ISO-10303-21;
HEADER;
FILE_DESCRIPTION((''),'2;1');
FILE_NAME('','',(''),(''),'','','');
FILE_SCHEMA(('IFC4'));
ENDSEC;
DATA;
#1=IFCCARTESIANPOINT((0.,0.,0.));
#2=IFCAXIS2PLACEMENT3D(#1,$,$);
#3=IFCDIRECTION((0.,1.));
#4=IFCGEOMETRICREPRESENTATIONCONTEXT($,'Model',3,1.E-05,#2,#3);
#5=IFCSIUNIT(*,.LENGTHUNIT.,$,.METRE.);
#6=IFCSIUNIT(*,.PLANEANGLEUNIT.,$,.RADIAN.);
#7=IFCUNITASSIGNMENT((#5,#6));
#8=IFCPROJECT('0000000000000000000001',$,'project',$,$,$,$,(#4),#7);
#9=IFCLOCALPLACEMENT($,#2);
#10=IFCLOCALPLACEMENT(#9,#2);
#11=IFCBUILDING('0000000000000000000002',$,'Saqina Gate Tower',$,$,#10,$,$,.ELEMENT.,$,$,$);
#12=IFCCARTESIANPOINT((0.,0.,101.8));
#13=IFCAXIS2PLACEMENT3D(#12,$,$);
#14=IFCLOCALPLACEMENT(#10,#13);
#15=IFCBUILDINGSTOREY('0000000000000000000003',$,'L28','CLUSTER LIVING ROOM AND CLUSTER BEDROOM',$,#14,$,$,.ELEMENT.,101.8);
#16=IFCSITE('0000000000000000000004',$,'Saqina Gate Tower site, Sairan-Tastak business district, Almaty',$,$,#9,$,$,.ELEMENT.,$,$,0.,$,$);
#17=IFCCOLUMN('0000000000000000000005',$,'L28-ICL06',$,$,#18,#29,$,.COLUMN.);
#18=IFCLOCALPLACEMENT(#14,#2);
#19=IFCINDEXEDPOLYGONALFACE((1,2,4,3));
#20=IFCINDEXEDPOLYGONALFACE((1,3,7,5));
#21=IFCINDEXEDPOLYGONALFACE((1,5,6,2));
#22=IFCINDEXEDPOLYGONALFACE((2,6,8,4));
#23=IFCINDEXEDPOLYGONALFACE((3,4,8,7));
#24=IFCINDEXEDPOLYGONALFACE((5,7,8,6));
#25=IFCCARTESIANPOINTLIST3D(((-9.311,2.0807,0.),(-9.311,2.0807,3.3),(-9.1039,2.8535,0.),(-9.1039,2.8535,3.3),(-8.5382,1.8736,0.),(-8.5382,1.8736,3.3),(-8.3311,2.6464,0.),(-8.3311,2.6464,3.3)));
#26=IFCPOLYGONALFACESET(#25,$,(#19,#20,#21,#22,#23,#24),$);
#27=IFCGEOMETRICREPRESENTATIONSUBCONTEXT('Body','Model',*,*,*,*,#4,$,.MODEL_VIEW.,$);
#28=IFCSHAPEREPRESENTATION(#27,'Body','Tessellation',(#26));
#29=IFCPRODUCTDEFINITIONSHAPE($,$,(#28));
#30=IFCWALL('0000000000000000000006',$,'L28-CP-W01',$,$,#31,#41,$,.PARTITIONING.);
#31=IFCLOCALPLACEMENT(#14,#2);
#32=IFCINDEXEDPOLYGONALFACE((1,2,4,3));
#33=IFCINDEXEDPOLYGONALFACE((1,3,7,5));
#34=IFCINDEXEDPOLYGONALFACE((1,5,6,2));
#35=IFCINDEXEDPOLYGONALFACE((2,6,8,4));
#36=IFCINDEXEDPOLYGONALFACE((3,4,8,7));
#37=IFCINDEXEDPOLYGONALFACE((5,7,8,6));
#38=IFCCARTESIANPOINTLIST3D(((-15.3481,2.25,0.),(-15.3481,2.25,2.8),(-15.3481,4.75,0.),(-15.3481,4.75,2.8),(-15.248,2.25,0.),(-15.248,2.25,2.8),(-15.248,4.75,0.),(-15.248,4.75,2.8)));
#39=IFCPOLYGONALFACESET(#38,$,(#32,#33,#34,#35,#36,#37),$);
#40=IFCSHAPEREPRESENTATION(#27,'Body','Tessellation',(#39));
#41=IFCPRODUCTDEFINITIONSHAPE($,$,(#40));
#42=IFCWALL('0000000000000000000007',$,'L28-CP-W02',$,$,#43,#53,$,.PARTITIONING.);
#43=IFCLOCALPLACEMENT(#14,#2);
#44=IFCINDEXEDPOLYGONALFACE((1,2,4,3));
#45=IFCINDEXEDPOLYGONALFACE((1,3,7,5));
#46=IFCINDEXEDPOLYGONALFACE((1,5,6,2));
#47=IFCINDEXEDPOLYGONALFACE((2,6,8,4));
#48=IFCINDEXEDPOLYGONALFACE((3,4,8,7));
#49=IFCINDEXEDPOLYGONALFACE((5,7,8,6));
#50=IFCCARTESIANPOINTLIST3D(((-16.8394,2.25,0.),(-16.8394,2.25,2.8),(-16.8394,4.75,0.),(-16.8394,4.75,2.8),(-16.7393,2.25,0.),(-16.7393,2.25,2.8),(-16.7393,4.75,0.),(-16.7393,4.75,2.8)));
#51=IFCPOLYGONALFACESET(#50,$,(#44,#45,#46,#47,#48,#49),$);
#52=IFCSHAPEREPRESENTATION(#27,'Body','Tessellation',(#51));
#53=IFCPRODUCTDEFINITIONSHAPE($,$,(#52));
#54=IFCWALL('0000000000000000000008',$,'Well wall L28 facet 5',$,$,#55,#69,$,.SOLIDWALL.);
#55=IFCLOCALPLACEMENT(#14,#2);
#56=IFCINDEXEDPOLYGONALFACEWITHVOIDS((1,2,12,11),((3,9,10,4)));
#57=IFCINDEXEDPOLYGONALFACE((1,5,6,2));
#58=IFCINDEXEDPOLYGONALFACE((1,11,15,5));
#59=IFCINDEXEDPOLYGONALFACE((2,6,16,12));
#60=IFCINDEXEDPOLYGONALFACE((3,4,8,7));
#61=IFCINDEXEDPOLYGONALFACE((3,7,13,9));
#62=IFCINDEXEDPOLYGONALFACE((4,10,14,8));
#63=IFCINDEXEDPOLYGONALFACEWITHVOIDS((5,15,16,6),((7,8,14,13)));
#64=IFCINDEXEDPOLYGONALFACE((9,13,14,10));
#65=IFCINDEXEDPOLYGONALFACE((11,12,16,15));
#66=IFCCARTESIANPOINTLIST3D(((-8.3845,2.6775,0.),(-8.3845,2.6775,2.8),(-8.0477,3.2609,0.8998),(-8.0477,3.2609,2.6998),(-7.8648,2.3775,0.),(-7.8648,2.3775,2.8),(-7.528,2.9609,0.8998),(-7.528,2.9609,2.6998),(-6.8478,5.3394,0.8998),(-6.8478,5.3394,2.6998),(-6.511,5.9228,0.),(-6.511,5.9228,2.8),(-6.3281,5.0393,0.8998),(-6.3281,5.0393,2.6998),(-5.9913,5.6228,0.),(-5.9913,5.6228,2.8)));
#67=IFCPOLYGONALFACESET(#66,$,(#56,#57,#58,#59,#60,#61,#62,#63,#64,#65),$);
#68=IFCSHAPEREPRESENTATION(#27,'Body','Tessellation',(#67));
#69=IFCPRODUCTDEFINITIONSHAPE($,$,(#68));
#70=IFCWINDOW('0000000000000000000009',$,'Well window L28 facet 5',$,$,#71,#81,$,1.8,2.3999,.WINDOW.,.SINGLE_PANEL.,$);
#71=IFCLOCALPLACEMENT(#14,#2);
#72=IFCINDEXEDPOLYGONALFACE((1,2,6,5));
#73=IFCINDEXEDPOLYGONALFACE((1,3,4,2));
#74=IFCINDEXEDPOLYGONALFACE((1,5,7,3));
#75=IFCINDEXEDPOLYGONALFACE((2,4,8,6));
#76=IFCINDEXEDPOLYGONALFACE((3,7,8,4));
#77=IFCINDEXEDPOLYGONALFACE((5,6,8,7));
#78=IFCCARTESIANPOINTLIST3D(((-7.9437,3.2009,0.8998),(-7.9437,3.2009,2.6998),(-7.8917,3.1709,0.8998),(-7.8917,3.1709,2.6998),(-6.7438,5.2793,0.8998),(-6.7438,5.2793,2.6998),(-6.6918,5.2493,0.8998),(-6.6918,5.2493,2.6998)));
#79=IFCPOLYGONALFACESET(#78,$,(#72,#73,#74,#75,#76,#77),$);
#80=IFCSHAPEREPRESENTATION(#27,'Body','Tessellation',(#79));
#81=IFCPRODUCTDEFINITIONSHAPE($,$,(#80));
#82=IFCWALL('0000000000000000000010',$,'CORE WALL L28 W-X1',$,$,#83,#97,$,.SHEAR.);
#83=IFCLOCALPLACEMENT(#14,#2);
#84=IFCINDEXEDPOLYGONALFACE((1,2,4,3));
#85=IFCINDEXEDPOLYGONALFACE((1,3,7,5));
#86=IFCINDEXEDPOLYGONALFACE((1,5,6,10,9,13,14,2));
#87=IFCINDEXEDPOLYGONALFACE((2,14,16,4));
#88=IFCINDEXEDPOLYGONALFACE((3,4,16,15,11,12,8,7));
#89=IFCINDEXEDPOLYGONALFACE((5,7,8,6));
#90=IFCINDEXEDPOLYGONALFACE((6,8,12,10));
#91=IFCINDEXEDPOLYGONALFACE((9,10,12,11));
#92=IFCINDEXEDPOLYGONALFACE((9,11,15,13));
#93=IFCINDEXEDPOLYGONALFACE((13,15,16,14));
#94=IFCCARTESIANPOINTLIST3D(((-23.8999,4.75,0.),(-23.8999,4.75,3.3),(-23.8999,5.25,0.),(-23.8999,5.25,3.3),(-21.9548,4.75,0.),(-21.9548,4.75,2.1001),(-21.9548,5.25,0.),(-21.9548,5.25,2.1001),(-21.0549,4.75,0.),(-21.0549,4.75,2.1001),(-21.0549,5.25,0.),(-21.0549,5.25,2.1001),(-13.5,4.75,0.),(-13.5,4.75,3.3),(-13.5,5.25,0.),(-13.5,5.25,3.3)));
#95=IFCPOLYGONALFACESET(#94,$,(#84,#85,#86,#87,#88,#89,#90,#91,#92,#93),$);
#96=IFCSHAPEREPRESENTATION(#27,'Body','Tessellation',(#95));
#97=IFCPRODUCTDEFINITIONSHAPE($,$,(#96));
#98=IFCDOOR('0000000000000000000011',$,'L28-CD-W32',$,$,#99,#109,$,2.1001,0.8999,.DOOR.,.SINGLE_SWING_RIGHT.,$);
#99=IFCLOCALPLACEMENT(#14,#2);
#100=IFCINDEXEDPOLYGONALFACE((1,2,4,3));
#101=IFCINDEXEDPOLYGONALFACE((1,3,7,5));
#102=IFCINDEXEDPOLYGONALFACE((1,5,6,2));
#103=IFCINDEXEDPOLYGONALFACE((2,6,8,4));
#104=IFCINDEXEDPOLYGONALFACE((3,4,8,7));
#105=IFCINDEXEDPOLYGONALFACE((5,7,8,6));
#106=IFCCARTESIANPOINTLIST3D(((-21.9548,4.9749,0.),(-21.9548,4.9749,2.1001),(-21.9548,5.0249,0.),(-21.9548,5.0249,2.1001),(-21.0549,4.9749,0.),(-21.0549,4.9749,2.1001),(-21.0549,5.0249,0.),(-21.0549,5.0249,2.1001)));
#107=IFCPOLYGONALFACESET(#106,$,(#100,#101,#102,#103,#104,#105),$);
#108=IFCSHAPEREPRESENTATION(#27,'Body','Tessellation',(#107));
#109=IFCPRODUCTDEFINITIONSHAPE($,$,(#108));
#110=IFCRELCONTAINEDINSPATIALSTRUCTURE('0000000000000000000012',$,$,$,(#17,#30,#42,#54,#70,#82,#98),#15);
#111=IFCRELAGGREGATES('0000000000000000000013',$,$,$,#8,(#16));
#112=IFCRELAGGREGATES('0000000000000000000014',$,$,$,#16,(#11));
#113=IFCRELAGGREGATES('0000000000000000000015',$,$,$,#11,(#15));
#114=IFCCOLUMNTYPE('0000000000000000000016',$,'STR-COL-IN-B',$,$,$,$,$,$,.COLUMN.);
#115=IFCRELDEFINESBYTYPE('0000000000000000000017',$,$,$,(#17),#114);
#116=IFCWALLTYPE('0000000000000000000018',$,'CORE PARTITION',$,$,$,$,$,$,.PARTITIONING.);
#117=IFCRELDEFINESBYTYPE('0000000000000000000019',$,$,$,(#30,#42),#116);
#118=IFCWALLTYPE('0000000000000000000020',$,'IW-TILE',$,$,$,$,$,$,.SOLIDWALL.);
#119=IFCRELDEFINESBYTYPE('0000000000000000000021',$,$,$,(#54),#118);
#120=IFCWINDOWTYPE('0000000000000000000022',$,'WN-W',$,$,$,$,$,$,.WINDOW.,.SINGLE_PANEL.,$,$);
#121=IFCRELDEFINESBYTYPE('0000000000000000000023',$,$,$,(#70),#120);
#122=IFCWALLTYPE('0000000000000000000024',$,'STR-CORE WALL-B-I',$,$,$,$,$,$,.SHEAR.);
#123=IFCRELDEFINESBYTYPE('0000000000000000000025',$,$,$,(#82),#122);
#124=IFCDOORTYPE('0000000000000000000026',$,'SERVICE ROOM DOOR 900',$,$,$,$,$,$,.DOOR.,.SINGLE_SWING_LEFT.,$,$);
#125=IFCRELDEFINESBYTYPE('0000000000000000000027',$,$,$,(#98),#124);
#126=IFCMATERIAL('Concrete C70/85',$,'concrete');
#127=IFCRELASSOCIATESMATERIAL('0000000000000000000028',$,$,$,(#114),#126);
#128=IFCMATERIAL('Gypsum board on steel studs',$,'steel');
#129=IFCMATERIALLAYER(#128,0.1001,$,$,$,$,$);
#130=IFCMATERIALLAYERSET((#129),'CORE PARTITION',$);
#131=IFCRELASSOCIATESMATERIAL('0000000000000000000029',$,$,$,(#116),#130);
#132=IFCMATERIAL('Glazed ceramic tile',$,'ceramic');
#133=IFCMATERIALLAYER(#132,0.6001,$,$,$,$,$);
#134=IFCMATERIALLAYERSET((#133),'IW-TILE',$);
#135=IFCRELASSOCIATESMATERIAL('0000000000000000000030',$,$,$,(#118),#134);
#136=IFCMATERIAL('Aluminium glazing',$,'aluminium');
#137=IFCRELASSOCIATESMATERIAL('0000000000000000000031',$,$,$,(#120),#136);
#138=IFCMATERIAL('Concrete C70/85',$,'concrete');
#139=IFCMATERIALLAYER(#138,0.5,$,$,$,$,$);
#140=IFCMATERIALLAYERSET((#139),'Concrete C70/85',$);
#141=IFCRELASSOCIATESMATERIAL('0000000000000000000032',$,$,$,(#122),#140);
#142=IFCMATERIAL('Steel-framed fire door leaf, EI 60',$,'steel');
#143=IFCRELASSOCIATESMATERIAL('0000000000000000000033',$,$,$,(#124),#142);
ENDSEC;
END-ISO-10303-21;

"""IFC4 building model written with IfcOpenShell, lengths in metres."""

from ifc_helpers import new_model, si_unit, direction, frame, frame_2d, origin, origin_2d, place, context, subcontext, project, spatial, rectangle, extrude, material, layer, layer_set, material_profile, profile_set, type_object, element, fill, save


model = new_model("IFC4")

# Units and contexts
model_context = context("Model", 3, precision=1e-05, world=origin(), true_north=direction((0.0, 1.0)))
body_context = subcontext(model_context, "Body", "Model", "MODEL_VIEW")
ifc_project = project(units=[si_unit("LENGTHUNIT", "METRE"), si_unit("PLANEANGLEUNIT", "RADIAN")], contexts=[model_context])

# Site, building, storey
site_placement = place(None, origin())
site = spatial("IfcSite", under=ifc_project, at=site_placement, Name="Saqina Gate Tower site, Sairan-Tastak business district, Almaty", CompositionType="ELEMENT", RefElevation=0.0)
building_placement = place(site_placement, origin())
building = spatial("IfcBuilding", under=site, at=building_placement, Name="Saqina Gate Tower", CompositionType="ELEMENT")
storey_placement = place(building_placement, frame((0.0, 0.0, 101.8)))
storey = spatial("IfcBuildingStorey", under=building, at=storey_placement, Name="L28", Description="CLUSTER LIVING ROOM AND CLUSTER BEDROOM", CompositionType="ELEMENT", Elevation=101.8)

# Column
ifc_material_1 = material(Name="Concrete C70/85", Category="concrete")
ifc_material_profile = material_profile(ifc_material_1, rectangle(XDim=0.8, YDim=0.8, at=origin_2d()), Name="RC 800x800")
ifc_profile_set = profile_set([ifc_material_profile], Name="Concrete C70/85")
column_type = type_object("IfcColumnType", Name="STR-COL-IN-B", PredefinedType="COLUMN", material=ifc_profile_set)
column_placement = place(storey_placement, frame((-8.821, 2.3635, 0.0), z_axis=(0.0, 0.0, 1.0), x_axis=(-0.965926, 0.258819, 0.0)))
element("IfcColumn", 1, at=column_placement, inside=storey, type_object=column_type, Name="L28-ICL06", PredefinedType="COLUMN", context=body_context, shape_type="SweptSolid", body=[
    extrude(rectangle(XDim=0.8, YDim=0.8, at=origin_2d()), origin(), (0.0, 0.0, 1.0), 3.3),
])

# Walls
ifc_material_2 = material(Name="Gypsum board on steel studs", Category="steel")
ifc_layer_1 = layer(ifc_material_2, 0.1001)
ifc_layer_set_1 = layer_set([ifc_layer_1], Name="CORE PARTITION")
wall_type_1 = type_object("IfcWallType", Name="CORE PARTITION", PredefinedType="PARTITIONING", material=ifc_layer_set_1)
for number, where, z_axis, x_axis, name in (
    (2, (-15.2981, 2.25, 0.0), (0.0, 0.0, 1.0), (0.0, 1.0, 0.0), "L28-CP-W01"),
    (3, (-16.7893, 2.25, 0.0), (0.0, 0.0, 1.0), (0.0, 1.0, 0.0), "L28-CP-W02"),
):
    element("IfcWall", number, at=place(storey_placement, frame(where, z_axis=z_axis, x_axis=x_axis)), inside=storey, type_object=wall_type_1, Name=name, PredefinedType="PARTITIONING", context=body_context, shape_type="SweptSolid", body=[
        extrude(rectangle(XDim=2.5, YDim=0.1001, at=frame_2d((1.25, 0.0))), origin(), (0.0, 0.0, 1.0), 2.8),
    ])

# Wall, opening, window
ifc_material_3 = material(Name="Glazed ceramic tile", Category="ceramic")
ifc_layer_2 = layer(ifc_material_3, 0.6001)
ifc_layer_set_2 = layer_set([ifc_layer_2], Name="IW-TILE")
wall_type_2 = type_object("IfcWallType", Name="IW-TILE", PredefinedType="SOLIDWALL", material=ifc_layer_set_2)
wall_1_placement = place(storey_placement, frame((-6.2512, 5.7727, 0.0), z_axis=(0.0, 0.0, 1.0), x_axis=(-0.499965, -0.866046, 0.0)))
wall_1 = element("IfcWall", 4, at=wall_1_placement, inside=storey, type_object=wall_type_2, Name="Well wall L28 facet 5", PredefinedType="SOLIDWALL", context=body_context, shape_type="SweptSolid", body=[
    extrude(rectangle(XDim=3.7473, YDim=0.6001, at=frame_2d((1.8735, 0.0))), origin(), (0.0, 0.0, 1.0), 2.8),
])
opening_1_placement = place(wall_1_placement, frame((0.6736, 0.0, 0.8999)))
opening_1 = element("IfcOpeningElement", 5, at=opening_1_placement, cuts=wall_1, PredefinedType="OPENING", context=body_context, shape_type="SweptSolid", body=[
    extrude(rectangle(XDim=2.3999, YDim=1.8, at=frame_2d((1.2, 0.8999))), frame((0.0, 0.312, 0.0), z_axis=(0.0, -1.0, 0.0), x_axis=(1.0, 0.0, 0.0)), (0.0, 0.0, 1.0), 0.624),
])
ifc_material_4 = material(Name="Aluminium glazing", Category="aluminium")
window_type = type_object("IfcWindowType", Name="WN-W", PartitioningType="SINGLE_PANEL", PredefinedType="WINDOW", material=ifc_material_4)
window_placement = place(opening_1_placement, origin())
window = element("IfcWindow", 6, at=window_placement, inside=storey, type_object=window_type, Name="Well window L28 facet 5", OverallHeight=1.8, OverallWidth=2.3999, PartitioningType="SINGLE_PANEL", PredefinedType="WINDOW", context=body_context, shape_type="SweptSolid", body=[
    extrude(rectangle(XDim=2.3999, YDim=1.8, at=frame_2d((1.2, 0.8999))), frame((0.0, -0.1199, 0.0), z_axis=(0.0, -1.0, 0.0), x_axis=(1.0, 0.0, 0.0)), (0.0, 0.0, 1.0), 0.0601),
])
fill(opening_1, window)

# Wall, opening, door
ifc_material_5 = material(Name="Concrete C70/85", Category="concrete")
ifc_layer_3 = layer(ifc_material_5, 0.5)
ifc_layer_set_3 = layer_set([ifc_layer_3], Name="Concrete C70/85")
wall_type_3 = type_object("IfcWallType", Name="STR-CORE WALL-B-I", PredefinedType="SHEAR", material=ifc_layer_set_3)
wall_2_placement = place(storey_placement, frame((-13.5, 5.0, 0.0), z_axis=(0.0, 0.0, 1.0), x_axis=(-1.0, 0.0, 0.0)))
wall_2 = element("IfcWall", 7, at=wall_2_placement, inside=storey, type_object=wall_type_3, Name="CORE WALL L28 W-X1", PredefinedType="SHEAR", context=body_context, shape_type="SweptSolid", body=[
    extrude(rectangle(XDim=10.3999, YDim=0.5, at=frame_2d((5.2, 0.0))), origin(), (0.0, 0.0, 1.0), 3.3),
])
opening_2_placement = place(wall_2_placement, frame((7.5549, 0.0, 0.0)))
opening_2 = element("IfcOpeningElement", 8, at=opening_2_placement, cuts=wall_2, PredefinedType="OPENING", context=body_context, shape_type="SweptSolid", body=[
    extrude(rectangle(XDim=0.8999, YDim=2.1001, at=frame_2d((0.45, 1.05))), frame((0.0, 0.262, 0.0), z_axis=(0.0, -1.0, 0.0), x_axis=(1.0, 0.0, 0.0)), (0.0, 0.0, 1.0), 0.5239),
])
ifc_material_6 = material(Name="Steel-framed fire door leaf, EI 60", Category="steel")
door_type_1 = type_object("IfcDoorType", Name="SERVICE ROOM DOOR 900", OperationType="SINGLE_SWING_LEFT", PredefinedType="DOOR", material=ifc_material_6)
door_1_placement = place(opening_2_placement, frame((0.8999, 0.0, 0.0), z_axis=(0.0, 0.0, 1.0), x_axis=(-1.0, 0.0, 0.0)))
door_1 = element("IfcDoor", 9, at=door_1_placement, inside=storey, type_object=door_type_1, Name="L28-CD-W32", OperationType="SINGLE_SWING_RIGHT", OverallHeight=2.1001, OverallWidth=0.8999, PredefinedType="DOOR", context=body_context, shape_type="SweptSolid", body=[
    extrude(rectangle(XDim=0.8999, YDim=2.1001, at=frame_2d((0.45, 1.05))), frame((0.0, 0.0249, 0.0), z_axis=(0.0, -1.0, 0.0), x_axis=(1.0, 0.0, 0.0)), (0.0, 0.0, 1.0), 0.05),
])
fill(opening_2, door_1)

save(model, "model.ifc")
